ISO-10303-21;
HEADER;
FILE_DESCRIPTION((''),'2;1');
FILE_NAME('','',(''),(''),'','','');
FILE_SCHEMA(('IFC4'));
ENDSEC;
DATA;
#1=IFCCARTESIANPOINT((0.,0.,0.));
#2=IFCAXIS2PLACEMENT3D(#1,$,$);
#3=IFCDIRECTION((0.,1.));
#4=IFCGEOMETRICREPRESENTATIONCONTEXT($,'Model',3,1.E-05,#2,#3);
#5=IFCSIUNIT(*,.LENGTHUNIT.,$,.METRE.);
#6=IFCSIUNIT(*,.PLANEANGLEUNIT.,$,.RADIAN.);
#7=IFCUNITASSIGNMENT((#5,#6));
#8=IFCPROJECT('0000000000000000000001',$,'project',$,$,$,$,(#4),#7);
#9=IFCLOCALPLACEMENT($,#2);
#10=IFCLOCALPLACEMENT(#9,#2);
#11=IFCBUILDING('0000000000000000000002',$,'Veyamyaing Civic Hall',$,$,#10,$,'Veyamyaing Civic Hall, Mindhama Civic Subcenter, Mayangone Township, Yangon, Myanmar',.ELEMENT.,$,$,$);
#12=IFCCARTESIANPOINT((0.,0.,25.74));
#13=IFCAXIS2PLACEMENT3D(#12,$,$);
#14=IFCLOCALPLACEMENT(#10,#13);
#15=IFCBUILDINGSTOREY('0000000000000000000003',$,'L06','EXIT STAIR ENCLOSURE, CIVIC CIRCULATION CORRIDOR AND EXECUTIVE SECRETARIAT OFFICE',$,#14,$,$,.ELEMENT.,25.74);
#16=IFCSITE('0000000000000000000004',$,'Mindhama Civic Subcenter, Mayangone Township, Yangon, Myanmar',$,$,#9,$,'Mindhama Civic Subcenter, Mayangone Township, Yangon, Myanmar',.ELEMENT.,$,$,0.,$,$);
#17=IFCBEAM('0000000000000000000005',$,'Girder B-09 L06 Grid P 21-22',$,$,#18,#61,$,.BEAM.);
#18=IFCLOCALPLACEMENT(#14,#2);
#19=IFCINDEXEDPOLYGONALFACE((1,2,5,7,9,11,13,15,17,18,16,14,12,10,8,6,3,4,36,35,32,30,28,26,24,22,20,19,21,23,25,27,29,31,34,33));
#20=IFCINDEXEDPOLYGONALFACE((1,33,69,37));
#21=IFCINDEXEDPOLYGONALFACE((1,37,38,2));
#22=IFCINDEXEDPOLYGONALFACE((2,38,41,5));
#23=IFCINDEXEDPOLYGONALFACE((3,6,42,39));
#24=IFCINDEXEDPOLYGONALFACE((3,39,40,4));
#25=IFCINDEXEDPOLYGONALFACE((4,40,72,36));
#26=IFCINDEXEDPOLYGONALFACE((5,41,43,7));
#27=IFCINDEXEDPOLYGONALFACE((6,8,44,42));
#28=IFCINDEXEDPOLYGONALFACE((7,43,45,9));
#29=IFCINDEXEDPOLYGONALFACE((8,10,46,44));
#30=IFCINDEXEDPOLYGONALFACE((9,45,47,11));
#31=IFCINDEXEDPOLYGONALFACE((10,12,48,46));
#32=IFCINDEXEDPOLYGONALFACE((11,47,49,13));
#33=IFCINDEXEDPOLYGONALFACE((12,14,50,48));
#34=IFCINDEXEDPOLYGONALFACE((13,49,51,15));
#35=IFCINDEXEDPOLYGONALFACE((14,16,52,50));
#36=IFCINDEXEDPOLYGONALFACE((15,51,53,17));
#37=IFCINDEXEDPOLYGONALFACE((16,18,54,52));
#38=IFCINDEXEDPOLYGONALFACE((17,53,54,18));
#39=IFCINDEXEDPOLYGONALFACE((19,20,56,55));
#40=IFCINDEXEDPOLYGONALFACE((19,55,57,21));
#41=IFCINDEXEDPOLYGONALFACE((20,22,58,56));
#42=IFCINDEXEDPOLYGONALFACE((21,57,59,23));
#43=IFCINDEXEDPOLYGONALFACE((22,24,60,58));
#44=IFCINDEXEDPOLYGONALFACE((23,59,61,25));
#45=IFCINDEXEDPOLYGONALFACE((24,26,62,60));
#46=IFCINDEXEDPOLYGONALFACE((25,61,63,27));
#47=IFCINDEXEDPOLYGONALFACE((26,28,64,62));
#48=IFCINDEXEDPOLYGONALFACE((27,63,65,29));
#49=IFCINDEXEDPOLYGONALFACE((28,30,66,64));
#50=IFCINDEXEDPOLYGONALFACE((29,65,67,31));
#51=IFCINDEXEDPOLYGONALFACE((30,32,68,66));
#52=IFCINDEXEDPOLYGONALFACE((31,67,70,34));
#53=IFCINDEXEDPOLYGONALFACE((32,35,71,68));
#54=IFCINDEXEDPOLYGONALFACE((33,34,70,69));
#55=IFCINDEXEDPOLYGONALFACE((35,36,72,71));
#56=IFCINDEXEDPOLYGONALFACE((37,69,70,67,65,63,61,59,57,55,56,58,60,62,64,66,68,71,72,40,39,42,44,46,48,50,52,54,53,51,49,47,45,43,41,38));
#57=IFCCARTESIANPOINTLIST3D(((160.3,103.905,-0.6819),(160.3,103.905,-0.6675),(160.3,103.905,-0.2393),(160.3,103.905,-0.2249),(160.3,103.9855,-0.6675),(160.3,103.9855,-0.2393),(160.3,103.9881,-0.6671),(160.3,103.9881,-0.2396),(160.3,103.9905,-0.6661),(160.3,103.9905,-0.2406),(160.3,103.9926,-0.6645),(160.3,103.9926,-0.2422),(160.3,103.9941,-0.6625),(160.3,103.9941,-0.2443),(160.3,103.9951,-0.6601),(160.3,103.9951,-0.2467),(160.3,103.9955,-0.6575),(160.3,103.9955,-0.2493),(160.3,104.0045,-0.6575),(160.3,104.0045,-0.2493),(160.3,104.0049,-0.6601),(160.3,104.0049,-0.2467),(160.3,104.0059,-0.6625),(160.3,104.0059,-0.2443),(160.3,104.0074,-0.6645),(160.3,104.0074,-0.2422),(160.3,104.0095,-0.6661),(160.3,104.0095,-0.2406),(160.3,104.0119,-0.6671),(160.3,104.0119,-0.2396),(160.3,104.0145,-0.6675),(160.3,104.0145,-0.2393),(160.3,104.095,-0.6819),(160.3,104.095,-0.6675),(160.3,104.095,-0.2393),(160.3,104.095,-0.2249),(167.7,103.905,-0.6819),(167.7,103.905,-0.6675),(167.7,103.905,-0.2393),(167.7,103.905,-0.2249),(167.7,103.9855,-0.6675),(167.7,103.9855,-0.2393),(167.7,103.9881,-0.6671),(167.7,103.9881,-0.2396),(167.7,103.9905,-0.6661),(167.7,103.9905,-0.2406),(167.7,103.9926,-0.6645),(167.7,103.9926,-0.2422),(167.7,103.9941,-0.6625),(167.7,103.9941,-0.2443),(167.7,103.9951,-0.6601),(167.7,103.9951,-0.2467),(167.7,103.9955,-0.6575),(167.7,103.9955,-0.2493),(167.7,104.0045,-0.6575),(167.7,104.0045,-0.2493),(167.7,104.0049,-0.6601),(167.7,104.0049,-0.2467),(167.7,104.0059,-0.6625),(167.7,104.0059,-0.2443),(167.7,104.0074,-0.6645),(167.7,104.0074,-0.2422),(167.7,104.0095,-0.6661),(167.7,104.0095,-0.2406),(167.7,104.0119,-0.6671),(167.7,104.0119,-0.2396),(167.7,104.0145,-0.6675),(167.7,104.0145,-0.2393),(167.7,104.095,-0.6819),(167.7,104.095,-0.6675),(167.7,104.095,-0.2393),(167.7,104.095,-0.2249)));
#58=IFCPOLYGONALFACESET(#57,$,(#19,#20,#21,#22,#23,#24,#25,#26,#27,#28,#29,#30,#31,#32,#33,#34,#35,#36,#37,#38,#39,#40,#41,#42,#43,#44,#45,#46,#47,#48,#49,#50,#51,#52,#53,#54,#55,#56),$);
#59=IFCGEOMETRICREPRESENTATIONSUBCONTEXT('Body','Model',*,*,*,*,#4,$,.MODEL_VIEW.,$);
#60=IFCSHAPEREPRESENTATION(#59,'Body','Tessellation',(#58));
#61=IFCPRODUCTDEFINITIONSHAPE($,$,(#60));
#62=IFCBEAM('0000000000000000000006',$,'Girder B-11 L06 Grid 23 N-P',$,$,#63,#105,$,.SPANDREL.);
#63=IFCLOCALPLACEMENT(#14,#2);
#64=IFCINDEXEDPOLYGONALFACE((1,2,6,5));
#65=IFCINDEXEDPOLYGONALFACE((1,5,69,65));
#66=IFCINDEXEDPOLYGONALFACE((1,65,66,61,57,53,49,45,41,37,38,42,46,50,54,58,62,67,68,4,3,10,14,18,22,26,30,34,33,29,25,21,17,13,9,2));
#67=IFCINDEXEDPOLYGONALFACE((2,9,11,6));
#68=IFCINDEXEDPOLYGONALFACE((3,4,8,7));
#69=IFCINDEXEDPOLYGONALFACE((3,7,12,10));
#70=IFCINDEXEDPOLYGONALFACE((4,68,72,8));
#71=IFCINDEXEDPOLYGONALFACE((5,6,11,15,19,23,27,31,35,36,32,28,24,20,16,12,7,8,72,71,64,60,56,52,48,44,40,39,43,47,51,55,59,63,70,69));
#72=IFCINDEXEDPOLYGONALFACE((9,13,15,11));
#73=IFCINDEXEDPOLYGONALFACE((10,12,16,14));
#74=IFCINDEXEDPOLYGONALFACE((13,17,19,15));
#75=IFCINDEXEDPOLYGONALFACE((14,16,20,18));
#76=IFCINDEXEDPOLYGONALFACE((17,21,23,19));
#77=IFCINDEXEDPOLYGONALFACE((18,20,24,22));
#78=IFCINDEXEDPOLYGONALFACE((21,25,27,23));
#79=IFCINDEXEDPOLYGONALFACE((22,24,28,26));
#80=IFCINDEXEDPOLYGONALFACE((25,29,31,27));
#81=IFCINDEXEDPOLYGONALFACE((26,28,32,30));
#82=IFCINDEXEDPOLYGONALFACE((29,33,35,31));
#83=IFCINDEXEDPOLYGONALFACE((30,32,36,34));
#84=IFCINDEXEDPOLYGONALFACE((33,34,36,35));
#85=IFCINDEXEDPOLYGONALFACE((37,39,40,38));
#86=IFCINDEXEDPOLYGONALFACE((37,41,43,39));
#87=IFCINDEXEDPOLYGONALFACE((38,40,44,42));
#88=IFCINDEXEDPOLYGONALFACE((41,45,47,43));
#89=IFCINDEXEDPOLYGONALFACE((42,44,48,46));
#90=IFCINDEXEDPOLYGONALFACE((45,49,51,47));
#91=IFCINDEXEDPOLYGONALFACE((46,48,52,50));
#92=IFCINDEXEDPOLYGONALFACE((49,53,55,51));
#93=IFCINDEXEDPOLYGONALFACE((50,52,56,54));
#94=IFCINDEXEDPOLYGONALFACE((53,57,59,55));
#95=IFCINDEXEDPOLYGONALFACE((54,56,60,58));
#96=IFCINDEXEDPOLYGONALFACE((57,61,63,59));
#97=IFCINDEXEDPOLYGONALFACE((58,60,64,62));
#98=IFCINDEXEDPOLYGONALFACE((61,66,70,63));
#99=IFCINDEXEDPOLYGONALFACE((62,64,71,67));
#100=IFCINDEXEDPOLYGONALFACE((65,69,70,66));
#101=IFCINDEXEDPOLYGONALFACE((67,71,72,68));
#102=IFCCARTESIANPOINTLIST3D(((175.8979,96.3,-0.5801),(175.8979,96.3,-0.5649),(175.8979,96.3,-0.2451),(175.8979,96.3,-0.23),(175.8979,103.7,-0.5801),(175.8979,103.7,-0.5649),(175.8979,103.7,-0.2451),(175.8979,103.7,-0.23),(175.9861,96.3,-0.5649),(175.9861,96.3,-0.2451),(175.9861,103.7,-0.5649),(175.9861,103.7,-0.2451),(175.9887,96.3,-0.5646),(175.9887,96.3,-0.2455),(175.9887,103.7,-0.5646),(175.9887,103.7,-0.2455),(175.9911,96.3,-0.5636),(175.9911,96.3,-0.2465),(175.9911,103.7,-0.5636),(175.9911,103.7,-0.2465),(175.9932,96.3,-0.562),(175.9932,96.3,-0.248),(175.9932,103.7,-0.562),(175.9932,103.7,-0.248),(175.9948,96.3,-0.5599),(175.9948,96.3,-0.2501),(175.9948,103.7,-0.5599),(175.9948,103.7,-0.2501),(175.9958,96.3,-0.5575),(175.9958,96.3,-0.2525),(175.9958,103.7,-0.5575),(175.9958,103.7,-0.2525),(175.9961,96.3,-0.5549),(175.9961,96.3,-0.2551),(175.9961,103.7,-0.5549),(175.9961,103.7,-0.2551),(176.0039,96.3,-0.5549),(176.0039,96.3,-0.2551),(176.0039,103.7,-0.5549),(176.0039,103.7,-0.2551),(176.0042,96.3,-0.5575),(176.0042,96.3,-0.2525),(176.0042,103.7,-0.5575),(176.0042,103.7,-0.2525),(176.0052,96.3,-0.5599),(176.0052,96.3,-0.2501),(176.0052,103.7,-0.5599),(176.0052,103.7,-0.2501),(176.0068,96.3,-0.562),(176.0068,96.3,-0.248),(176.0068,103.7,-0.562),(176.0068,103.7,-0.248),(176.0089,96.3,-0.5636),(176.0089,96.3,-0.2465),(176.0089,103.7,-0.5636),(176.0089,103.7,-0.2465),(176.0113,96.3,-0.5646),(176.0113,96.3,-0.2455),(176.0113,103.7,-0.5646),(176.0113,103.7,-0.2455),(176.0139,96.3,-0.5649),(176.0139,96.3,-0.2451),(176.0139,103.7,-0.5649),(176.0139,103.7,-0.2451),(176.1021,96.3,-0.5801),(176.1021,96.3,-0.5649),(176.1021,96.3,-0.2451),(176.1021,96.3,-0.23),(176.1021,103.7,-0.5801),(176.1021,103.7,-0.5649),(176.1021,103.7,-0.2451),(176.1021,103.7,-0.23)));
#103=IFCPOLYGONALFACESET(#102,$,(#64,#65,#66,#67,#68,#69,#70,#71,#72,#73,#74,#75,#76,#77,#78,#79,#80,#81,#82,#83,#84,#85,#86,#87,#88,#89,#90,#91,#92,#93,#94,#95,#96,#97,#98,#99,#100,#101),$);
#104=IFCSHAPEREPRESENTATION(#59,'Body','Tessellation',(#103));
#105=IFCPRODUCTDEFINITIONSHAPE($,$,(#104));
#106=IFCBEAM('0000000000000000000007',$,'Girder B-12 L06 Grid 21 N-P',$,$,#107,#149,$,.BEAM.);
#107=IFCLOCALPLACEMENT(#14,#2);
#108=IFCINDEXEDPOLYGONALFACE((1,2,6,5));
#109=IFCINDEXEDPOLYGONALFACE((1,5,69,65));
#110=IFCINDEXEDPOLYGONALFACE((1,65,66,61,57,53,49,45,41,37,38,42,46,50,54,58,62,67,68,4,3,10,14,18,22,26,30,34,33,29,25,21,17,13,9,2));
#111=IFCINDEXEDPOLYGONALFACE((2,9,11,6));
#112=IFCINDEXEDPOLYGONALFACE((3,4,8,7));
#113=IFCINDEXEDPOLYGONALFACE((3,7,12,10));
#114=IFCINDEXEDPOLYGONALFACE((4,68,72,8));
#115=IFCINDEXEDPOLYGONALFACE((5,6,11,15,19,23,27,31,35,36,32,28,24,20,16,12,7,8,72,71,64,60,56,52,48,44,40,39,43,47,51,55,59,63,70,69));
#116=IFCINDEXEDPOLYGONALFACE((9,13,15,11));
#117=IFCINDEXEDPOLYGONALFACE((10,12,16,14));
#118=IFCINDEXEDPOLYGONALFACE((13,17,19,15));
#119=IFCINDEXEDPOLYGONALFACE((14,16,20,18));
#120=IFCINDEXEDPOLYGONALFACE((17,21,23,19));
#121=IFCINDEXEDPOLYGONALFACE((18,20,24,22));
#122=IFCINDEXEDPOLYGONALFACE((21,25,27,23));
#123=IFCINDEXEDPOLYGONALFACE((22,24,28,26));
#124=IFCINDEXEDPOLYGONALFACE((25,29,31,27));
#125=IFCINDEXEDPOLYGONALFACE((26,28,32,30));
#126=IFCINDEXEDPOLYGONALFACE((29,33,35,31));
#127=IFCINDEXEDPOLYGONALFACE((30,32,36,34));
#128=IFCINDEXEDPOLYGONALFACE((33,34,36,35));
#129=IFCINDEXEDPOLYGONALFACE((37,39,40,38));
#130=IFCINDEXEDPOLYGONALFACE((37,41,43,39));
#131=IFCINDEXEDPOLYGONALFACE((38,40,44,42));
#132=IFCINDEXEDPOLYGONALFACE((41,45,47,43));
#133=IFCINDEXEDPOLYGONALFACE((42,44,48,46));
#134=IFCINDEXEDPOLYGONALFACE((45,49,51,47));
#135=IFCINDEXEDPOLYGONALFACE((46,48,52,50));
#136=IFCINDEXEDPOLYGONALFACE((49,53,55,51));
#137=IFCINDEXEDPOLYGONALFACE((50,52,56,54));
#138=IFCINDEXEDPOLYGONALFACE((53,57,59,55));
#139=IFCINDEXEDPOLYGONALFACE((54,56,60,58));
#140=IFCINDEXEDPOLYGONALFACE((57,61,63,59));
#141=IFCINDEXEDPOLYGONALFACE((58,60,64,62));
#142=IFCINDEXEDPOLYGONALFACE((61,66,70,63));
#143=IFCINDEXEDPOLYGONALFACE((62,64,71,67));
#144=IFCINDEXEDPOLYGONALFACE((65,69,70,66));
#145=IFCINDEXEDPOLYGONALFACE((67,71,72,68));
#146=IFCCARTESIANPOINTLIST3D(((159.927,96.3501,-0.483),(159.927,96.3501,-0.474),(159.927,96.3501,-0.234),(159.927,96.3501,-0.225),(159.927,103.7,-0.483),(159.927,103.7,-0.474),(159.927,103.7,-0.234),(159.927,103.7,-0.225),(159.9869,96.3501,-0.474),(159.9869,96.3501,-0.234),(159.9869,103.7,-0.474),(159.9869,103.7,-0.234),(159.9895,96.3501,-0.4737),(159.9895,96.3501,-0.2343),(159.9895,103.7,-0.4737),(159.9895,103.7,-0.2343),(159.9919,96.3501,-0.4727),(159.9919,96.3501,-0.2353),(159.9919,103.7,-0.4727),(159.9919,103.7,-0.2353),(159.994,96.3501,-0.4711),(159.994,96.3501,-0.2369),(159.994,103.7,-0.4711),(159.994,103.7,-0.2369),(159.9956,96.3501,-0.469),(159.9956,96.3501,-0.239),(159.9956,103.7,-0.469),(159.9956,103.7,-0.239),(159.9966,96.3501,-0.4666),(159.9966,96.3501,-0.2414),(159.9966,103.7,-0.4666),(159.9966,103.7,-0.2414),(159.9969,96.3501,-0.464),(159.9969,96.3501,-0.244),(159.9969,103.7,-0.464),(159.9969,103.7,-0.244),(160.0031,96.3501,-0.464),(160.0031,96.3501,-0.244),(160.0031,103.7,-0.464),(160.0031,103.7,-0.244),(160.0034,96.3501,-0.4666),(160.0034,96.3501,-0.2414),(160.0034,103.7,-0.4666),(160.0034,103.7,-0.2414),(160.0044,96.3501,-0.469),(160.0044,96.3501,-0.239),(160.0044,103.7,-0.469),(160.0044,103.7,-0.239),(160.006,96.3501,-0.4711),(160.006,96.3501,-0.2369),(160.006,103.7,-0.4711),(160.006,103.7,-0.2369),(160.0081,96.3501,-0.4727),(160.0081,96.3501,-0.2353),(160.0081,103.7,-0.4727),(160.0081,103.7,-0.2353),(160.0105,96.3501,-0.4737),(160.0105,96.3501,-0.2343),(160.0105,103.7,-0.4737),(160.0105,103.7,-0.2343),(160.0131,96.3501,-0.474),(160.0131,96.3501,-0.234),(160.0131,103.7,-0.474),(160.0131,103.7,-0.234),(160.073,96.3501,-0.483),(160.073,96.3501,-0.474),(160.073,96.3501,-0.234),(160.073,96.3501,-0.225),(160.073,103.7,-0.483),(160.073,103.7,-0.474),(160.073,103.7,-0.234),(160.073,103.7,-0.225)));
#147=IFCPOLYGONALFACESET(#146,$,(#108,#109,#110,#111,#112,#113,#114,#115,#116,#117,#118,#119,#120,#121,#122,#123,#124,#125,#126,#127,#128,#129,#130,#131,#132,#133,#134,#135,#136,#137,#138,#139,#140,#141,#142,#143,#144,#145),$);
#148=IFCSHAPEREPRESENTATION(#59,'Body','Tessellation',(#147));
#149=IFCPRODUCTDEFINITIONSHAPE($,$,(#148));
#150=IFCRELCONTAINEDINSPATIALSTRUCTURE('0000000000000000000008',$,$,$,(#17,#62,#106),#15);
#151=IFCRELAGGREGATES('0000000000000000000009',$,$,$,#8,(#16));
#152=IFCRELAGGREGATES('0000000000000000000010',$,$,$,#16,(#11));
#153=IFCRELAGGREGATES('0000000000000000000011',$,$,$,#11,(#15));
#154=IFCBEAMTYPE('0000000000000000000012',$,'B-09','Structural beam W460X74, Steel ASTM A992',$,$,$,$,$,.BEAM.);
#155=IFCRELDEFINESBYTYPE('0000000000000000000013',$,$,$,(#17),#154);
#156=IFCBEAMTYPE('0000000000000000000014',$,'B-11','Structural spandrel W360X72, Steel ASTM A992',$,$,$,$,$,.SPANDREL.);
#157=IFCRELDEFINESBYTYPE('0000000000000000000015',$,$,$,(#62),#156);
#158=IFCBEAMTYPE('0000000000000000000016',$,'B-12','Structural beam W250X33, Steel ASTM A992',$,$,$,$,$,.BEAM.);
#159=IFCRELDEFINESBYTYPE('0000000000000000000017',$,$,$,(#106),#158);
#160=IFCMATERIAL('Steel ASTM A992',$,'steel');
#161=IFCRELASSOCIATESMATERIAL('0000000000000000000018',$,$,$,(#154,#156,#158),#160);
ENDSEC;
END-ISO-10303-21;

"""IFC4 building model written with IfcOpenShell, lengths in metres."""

from ifc_helpers import new_model, si_unit, direction, frame, origin, origin_2d, place, context, subcontext, project, spatial, i_section, extrude, material, material_profile, profile_set, type_object, element, save


model = new_model("IFC4")

# Units and contexts
model_context = context("Model", 3, precision=1e-05, world=origin(), true_north=direction((0.0, 1.0)))
body_context = subcontext(model_context, "Body", "Model", "MODEL_VIEW")
ifc_project = project(units=[si_unit("LENGTHUNIT", "METRE"), si_unit("PLANEANGLEUNIT", "RADIAN")], contexts=[model_context])

# Site, building, storey
site_placement = place(None, origin())
site = spatial("IfcSite", under=ifc_project, at=site_placement, Name="Mindhama Civic Subcenter, Mayangone Township, Yangon, Myanmar", LongName="Mindhama Civic Subcenter, Mayangone Township, Yangon, Myanmar", CompositionType="ELEMENT", RefElevation=0.0)
building_placement = place(site_placement, origin())
building = spatial("IfcBuilding", under=site, at=building_placement, Name="Veyamyaing Civic Hall", LongName="Veyamyaing Civic Hall, Mindhama Civic Subcenter, Mayangone Township, Yangon, Myanmar", CompositionType="ELEMENT")
storey_placement = place(building_placement, frame((0.0, 0.0, 25.74)))
storey = spatial("IfcBuildingStorey", under=building, at=storey_placement, Name="L06", Description="EXIT STAIR ENCLOSURE, CIVIC CIRCULATION CORRIDOR AND EXECUTIVE SECRETARIAT OFFICE", CompositionType="ELEMENT", Elevation=25.74)

# Beams
ifc_material_1 = material(Name="Steel ASTM A992", Category="steel")
ifc_material_profile_1 = material_profile(ifc_material_1, i_section(OverallWidth=0.1899, OverallDepth=0.457, WebThickness=0.009, FlangeThickness=0.0144, FilletRadius=0.01, at=origin_2d()), Name="W460X74")
ifc_profile_set_1 = profile_set([ifc_material_profile_1], Name="Steel ASTM A992")
beam_type_1 = type_object("IfcBeamType", Name="B-09", Description="Structural beam W460X74, Steel ASTM A992", PredefinedType="BEAM", material=ifc_profile_set_1)
beam_1_placement = place(storey_placement, frame((160.3, 104.0, -0.4534), z_axis=(1.0, 0.0, 0.0), x_axis=(0.0, 1.0, 0.0)))
element("IfcBeam", 1, at=beam_1_placement, inside=storey, type_object=beam_type_1, Name="Girder B-09 L06 Grid P 21-22", PredefinedType="BEAM", context=body_context, shape_type="SweptSolid", body=[
    extrude(i_section(OverallWidth=0.1899, OverallDepth=0.457, WebThickness=0.009, FlangeThickness=0.0144, FilletRadius=0.01, at=origin_2d()), origin(), (0.0, 0.0, 1.0), 7.3999),
])
ifc_material_profile_2 = material_profile(ifc_material_1, i_section(OverallWidth=0.2041, OverallDepth=0.3501, WebThickness=0.0078, FlangeThickness=0.0151, FilletRadius=0.01, at=origin_2d()), Name="W360X72")
ifc_profile_set_2 = profile_set([ifc_material_profile_2], Name="Steel ASTM A992")
beam_type_2 = type_object("IfcBeamType", Name="B-11", Description="Structural spandrel W360X72, Steel ASTM A992", PredefinedType="SPANDREL", material=ifc_profile_set_2)
beam_2_placement = place(storey_placement, frame((176.0, 96.3, -0.405), z_axis=(0.0, 1.0, 0.0), x_axis=(-1.0, 0.0, 0.0)))
element("IfcBeam", 2, at=beam_2_placement, inside=storey, type_object=beam_type_2, Name="Girder B-11 L06 Grid 23 N-P", PredefinedType="SPANDREL", context=body_context, shape_type="SweptSolid", body=[
    extrude(i_section(OverallWidth=0.2041, OverallDepth=0.3501, WebThickness=0.0078, FlangeThickness=0.0151, FilletRadius=0.01, at=origin_2d()), origin(), (0.0, 0.0, 1.0), 7.3999),
])
ifc_material_profile_3 = material_profile(ifc_material_1, i_section(OverallWidth=0.146, OverallDepth=0.2581, WebThickness=0.0061, FlangeThickness=0.009, FilletRadius=0.01, at=origin_2d()), Name="W250X33")
ifc_profile_set_3 = profile_set([ifc_material_profile_3], Name="Steel ASTM A992")
beam_type_3 = type_object("IfcBeamType", Name="B-12", Description="Structural beam W250X33, Steel ASTM A992", PredefinedType="BEAM", material=ifc_profile_set_3)
beam_3_placement = place(storey_placement, frame((160.0, 96.3501, -0.354), z_axis=(0.0, 1.0, 0.0), x_axis=(-1.0, 0.0, 0.0)))
element("IfcBeam", 3, at=beam_3_placement, inside=storey, type_object=beam_type_3, Name="Girder B-12 L06 Grid 21 N-P", PredefinedType="BEAM", context=body_context, shape_type="SweptSolid", body=[
    extrude(i_section(OverallWidth=0.146, OverallDepth=0.2581, WebThickness=0.0061, FlangeThickness=0.009, FilletRadius=0.01, at=origin_2d()), origin(), (0.0, 0.0, 1.0), 7.3499),
])

save(model, "model.ifc")
